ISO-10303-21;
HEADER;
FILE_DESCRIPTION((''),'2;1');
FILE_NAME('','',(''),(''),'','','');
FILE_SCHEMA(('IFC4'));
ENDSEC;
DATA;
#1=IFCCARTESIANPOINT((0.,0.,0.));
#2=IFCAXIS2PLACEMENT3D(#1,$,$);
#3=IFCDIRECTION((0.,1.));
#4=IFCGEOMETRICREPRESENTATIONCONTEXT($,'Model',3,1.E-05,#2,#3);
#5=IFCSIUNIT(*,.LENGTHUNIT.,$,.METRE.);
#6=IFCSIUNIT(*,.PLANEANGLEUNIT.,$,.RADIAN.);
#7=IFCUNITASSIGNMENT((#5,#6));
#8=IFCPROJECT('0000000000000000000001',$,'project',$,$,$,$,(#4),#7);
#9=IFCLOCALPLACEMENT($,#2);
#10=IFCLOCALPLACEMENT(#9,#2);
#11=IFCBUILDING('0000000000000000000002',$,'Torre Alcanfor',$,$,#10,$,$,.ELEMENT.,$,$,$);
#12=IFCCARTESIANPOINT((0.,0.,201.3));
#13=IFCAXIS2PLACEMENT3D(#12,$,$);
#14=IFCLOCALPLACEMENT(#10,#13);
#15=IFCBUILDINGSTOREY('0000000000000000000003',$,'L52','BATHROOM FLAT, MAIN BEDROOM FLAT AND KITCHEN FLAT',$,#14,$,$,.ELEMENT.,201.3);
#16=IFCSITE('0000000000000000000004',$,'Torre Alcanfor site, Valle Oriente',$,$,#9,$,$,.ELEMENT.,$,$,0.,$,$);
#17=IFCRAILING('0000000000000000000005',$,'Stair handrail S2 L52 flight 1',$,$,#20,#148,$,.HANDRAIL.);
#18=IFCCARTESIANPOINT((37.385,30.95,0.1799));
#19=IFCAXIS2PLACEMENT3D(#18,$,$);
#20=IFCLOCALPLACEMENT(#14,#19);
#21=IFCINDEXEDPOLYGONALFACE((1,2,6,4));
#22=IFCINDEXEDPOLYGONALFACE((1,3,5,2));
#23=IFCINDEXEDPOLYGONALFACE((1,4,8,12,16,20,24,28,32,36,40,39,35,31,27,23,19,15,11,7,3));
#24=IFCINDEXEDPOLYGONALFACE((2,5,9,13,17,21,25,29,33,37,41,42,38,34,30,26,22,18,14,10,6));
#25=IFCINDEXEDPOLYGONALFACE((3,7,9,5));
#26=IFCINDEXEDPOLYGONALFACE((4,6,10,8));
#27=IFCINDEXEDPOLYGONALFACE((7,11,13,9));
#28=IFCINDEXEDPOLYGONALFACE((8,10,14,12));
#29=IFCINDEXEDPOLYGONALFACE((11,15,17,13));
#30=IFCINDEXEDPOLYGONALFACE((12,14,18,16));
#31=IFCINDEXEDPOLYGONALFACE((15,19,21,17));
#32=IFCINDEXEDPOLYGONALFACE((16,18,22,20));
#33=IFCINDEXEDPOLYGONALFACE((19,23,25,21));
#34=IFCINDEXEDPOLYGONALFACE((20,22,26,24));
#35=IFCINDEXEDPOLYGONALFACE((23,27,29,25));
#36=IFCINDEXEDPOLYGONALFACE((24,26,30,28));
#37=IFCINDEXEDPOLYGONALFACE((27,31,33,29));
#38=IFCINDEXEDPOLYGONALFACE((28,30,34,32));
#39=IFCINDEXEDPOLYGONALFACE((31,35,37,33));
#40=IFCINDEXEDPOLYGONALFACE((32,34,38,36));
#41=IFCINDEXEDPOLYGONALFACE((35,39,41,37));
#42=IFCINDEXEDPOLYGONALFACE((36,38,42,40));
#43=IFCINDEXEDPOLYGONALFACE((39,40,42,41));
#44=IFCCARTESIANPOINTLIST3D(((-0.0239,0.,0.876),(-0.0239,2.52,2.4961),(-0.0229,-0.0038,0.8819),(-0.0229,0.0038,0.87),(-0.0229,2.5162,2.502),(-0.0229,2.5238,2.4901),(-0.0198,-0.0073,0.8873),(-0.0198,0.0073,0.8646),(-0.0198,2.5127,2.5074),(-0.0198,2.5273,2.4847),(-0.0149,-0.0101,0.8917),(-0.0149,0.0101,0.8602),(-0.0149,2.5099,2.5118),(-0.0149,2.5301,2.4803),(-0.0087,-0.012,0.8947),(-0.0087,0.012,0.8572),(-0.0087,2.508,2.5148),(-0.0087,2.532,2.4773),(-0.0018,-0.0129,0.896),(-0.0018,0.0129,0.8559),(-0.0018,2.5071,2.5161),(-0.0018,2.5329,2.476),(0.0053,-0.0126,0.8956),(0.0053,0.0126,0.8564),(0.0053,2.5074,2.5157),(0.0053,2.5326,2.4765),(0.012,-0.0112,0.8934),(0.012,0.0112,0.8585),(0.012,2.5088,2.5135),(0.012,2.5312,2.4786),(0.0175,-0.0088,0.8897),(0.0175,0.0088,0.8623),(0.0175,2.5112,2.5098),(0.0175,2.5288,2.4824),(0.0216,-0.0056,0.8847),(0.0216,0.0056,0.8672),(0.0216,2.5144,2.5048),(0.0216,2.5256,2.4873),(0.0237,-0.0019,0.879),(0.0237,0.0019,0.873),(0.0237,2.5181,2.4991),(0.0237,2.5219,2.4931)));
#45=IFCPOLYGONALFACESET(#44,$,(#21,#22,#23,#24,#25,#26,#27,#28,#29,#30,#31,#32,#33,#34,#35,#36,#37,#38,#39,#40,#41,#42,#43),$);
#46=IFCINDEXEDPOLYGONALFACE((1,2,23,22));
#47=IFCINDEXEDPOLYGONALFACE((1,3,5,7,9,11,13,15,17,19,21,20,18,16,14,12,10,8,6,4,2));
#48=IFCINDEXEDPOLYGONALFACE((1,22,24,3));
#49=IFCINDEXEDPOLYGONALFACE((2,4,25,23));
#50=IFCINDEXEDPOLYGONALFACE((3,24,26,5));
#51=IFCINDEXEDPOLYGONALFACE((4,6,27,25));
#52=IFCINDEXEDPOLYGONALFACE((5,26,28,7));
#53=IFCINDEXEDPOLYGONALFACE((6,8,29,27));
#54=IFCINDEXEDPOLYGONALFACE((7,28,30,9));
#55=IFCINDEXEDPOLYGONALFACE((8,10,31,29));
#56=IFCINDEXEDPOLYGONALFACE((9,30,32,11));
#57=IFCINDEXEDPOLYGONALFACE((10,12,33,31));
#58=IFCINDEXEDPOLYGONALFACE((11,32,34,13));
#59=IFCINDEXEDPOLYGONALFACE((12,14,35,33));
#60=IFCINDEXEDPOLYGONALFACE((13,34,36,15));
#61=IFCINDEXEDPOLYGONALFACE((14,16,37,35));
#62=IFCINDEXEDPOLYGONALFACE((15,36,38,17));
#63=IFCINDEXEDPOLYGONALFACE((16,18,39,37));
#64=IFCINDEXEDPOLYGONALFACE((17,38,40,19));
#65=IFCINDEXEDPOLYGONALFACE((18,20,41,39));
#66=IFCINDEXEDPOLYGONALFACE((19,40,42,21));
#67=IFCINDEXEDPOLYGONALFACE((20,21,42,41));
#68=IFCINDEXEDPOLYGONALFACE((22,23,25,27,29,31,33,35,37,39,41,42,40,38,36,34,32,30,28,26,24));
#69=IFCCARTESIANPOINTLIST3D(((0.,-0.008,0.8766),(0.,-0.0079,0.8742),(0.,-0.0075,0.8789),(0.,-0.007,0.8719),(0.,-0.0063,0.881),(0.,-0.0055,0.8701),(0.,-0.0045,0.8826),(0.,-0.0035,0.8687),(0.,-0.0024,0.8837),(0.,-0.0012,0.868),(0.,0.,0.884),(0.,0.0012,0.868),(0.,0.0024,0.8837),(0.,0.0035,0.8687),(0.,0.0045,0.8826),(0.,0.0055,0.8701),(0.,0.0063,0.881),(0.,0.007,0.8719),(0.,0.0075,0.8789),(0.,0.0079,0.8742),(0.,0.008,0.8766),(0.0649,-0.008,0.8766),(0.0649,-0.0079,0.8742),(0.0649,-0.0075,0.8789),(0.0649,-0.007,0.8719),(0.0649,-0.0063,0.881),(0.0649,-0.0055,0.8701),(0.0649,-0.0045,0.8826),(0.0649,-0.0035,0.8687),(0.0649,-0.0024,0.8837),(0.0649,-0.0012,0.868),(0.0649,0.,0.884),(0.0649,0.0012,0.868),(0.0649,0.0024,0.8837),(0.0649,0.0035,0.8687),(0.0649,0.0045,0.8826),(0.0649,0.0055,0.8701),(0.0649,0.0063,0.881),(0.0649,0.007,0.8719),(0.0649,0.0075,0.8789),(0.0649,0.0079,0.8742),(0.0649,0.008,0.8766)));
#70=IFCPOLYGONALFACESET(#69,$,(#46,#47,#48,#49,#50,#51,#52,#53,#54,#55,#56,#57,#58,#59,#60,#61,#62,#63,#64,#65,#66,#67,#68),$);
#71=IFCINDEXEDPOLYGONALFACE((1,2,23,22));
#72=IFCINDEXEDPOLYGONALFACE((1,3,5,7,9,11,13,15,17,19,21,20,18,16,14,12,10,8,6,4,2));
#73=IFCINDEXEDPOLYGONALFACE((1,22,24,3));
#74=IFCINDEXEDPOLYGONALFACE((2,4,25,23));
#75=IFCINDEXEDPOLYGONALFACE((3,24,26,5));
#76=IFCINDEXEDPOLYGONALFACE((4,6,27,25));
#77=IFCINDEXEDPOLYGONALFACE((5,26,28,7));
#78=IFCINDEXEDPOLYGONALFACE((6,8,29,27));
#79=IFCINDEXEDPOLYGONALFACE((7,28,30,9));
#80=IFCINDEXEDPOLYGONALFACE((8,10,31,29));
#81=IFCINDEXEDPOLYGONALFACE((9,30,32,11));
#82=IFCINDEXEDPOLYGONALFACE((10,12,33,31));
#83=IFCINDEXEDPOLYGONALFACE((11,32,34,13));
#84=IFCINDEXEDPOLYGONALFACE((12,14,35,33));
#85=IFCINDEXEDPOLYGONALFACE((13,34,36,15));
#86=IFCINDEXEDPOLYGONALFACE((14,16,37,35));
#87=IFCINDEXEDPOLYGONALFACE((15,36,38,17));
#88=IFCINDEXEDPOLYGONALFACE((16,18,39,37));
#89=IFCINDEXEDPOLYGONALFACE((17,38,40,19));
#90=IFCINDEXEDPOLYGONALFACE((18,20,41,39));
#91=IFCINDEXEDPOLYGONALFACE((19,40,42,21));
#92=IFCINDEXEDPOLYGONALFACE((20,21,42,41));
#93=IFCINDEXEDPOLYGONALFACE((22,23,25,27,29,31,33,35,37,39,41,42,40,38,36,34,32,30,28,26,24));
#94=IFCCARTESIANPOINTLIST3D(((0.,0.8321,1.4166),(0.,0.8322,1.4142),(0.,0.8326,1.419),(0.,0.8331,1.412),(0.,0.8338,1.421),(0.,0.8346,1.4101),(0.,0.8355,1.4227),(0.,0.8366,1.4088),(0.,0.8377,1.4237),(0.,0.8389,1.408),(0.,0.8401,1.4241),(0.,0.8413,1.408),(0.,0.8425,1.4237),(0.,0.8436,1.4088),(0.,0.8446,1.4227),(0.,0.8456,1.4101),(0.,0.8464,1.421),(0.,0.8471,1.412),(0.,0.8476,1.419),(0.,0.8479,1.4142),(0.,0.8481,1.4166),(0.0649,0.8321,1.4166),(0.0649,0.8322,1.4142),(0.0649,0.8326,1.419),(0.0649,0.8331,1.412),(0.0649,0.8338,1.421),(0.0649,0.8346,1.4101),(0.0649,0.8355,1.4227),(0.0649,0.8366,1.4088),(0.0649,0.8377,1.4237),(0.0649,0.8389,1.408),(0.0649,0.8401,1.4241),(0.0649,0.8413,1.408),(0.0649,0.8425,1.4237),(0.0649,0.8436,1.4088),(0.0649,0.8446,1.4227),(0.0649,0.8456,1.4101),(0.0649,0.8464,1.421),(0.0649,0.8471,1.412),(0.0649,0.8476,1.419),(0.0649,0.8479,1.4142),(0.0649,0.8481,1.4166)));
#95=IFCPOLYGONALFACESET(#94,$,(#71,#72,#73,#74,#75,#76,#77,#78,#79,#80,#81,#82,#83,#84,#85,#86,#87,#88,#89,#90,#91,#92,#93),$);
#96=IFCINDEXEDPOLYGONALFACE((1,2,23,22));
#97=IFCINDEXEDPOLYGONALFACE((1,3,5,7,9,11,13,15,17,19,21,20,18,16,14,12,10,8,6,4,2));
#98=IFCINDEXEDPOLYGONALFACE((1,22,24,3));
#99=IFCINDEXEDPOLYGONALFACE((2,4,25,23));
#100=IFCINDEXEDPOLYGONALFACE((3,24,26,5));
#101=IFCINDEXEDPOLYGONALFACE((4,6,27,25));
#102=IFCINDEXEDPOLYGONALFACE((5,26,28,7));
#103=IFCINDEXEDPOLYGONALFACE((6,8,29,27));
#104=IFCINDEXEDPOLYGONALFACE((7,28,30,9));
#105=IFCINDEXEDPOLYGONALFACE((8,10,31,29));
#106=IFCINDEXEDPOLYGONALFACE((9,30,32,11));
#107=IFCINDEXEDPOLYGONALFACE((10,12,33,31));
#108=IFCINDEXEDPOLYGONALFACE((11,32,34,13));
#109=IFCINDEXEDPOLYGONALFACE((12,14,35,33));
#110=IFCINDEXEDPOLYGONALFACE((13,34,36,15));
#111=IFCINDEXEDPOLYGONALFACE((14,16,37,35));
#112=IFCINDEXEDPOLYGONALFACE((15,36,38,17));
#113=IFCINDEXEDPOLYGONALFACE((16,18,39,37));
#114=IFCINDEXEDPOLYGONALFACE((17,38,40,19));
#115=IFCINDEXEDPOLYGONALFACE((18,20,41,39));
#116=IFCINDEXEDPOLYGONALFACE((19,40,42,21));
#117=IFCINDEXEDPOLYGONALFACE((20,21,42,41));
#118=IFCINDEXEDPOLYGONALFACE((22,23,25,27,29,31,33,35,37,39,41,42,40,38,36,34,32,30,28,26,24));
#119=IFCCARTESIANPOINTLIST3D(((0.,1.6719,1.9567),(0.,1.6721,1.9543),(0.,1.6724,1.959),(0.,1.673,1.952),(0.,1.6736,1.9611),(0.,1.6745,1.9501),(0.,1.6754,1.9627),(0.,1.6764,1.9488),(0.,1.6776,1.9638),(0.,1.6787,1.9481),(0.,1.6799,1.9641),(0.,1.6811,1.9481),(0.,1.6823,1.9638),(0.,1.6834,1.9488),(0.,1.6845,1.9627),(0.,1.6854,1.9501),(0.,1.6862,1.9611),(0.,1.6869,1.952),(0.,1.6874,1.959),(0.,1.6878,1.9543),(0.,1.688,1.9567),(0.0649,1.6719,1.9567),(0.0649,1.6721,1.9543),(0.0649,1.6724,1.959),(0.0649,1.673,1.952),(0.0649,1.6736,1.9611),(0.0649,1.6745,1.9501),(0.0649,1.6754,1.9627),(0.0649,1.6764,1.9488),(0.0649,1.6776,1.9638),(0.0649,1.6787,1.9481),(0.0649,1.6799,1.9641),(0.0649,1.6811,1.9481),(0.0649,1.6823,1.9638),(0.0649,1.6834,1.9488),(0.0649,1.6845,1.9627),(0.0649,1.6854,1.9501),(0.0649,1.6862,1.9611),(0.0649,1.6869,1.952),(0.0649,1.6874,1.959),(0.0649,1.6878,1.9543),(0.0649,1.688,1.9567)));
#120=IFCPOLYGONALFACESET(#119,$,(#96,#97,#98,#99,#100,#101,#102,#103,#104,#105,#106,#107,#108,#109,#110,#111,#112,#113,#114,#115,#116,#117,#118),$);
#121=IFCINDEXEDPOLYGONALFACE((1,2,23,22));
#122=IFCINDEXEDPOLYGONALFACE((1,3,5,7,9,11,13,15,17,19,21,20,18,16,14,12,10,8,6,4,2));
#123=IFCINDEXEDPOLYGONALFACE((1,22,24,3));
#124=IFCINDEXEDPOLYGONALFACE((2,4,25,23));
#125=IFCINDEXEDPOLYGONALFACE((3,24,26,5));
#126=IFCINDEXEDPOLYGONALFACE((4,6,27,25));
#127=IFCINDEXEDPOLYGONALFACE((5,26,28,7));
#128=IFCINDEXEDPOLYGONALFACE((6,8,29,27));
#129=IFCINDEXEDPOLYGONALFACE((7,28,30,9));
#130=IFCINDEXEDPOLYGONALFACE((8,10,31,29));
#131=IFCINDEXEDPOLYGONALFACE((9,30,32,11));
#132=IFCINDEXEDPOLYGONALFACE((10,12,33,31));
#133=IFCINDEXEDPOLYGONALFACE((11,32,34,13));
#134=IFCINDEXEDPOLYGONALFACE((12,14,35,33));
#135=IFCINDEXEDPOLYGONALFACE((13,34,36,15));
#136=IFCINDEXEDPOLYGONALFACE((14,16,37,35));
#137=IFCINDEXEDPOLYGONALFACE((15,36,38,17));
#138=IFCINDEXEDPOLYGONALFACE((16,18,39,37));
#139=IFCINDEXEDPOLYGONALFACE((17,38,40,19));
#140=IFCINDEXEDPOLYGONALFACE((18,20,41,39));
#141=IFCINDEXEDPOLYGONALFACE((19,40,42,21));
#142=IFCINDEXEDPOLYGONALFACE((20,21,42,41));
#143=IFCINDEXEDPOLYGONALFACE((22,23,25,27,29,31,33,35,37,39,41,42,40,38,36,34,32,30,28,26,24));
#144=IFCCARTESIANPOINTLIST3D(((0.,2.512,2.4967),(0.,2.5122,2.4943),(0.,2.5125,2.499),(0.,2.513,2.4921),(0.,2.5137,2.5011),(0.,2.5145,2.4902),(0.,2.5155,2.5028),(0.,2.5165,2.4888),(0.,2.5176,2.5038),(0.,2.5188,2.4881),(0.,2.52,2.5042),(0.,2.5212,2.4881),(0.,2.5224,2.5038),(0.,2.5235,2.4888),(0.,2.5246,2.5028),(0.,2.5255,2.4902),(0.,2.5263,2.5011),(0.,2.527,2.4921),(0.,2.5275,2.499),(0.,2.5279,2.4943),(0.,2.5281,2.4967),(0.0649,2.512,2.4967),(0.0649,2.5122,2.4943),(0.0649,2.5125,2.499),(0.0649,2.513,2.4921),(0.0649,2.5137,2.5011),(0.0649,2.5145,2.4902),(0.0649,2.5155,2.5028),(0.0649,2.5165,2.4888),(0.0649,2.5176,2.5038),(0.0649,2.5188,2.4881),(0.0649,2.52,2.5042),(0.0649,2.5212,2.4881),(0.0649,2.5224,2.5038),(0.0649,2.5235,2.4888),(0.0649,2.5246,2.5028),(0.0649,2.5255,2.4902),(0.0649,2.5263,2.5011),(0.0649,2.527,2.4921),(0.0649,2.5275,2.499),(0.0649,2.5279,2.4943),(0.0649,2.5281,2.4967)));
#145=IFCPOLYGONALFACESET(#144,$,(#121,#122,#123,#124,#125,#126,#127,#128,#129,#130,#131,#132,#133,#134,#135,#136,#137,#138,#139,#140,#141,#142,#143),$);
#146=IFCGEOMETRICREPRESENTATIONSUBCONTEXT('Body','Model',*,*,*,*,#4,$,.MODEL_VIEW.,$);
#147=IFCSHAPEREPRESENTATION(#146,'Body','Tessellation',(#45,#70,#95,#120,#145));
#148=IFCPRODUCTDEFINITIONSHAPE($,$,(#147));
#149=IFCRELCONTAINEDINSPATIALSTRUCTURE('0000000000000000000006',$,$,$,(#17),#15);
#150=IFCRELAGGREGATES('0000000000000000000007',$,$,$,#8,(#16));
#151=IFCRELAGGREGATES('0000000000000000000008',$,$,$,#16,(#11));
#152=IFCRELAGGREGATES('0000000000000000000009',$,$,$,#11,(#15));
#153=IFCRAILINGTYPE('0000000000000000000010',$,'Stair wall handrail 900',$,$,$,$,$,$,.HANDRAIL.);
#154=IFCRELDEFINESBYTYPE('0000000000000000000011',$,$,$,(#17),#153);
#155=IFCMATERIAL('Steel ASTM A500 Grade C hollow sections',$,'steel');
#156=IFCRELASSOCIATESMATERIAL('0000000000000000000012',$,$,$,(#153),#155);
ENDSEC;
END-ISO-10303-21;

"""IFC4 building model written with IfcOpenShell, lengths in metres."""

from ifc_helpers import new_model, si_unit, direction, frame, origin, origin_2d, place, context, subcontext, project, spatial, circle, extrude, material, type_object, element, save


model = new_model("IFC4")

# Units and contexts
model_context = context("Model", 3, precision=1e-05, world=origin(), true_north=direction((0.0, 1.0)))
body_context = subcontext(model_context, "Body", "Model", "MODEL_VIEW")
ifc_project = project(units=[si_unit("LENGTHUNIT", "METRE"), si_unit("PLANEANGLEUNIT", "RADIAN")], contexts=[model_context])

# Site, building, storey
site_placement = place(None, origin())
site = spatial("IfcSite", under=ifc_project, at=site_placement, Name="Torre Alcanfor site, Valle Oriente", CompositionType="ELEMENT", RefElevation=0.0)
building_placement = place(site_placement, origin())
building = spatial("IfcBuilding", under=site, at=building_placement, Name="Torre Alcanfor", CompositionType="ELEMENT")
storey_placement = place(building_placement, frame((0.0, 0.0, 201.3)))
storey = spatial("IfcBuildingStorey", under=building, at=storey_placement, Name="L52", Description="BATHROOM FLAT, MAIN BEDROOM FLAT AND KITCHEN FLAT", CompositionType="ELEMENT", Elevation=201.3)

# Railing
ifc_material_1 = material(Name="Steel ASTM A500 Grade C hollow sections", Category="steel")
railing_type_1 = type_object("IfcRailingType", Name="Stair wall handrail 900", PredefinedType="HANDRAIL", material=ifc_material_1)
railing_1_placement = place(storey_placement, frame((37.385, 30.95, 0.1799)))
element("IfcRailing", 1, at=railing_1_placement, inside=storey, type_object=railing_type_1, Name="Stair handrail S2 L52 flight 1", PredefinedType="HANDRAIL", context=body_context, shape_type="SweptSolid", body=[
    extrude(circle(Radius=0.0239, at=origin_2d()), frame((0.0, 0.0, 0.876), z_axis=(0.0, 0.841163, 0.540782), x_axis=(-1.0, 0.0, 0.0)), (0.0, 0.0, 1.0), 2.9958),
    extrude(circle(Radius=0.0081, at=origin_2d()), frame((0.0, 0.0, 0.876), z_axis=(1.0, 0.0, 0.0), x_axis=(0.0, 0.0, 1.0)), (0.0, 0.0, 1.0), 0.0649),
    extrude(circle(Radius=0.0081, at=origin_2d()), frame((0.0, 0.8401, 1.416), z_axis=(1.0, 0.0, 0.0), x_axis=(0.0, 0.0, 1.0)), (0.0, 0.0, 1.0), 0.0649),
    extrude(circle(Radius=0.0081, at=origin_2d()), frame((0.0, 1.6799, 1.9561), z_axis=(1.0, 0.0, 0.0), x_axis=(0.0, 0.0, 1.0)), (0.0, 0.0, 1.0), 0.0649),
    extrude(circle(Radius=0.0081, at=origin_2d()), frame((0.0, 2.52, 2.4961), z_axis=(1.0, 0.0, 0.0), x_axis=(0.0, 0.0, 1.0)), (0.0, 0.0, 1.0), 0.0649),
])

save(model, "model.ifc")
